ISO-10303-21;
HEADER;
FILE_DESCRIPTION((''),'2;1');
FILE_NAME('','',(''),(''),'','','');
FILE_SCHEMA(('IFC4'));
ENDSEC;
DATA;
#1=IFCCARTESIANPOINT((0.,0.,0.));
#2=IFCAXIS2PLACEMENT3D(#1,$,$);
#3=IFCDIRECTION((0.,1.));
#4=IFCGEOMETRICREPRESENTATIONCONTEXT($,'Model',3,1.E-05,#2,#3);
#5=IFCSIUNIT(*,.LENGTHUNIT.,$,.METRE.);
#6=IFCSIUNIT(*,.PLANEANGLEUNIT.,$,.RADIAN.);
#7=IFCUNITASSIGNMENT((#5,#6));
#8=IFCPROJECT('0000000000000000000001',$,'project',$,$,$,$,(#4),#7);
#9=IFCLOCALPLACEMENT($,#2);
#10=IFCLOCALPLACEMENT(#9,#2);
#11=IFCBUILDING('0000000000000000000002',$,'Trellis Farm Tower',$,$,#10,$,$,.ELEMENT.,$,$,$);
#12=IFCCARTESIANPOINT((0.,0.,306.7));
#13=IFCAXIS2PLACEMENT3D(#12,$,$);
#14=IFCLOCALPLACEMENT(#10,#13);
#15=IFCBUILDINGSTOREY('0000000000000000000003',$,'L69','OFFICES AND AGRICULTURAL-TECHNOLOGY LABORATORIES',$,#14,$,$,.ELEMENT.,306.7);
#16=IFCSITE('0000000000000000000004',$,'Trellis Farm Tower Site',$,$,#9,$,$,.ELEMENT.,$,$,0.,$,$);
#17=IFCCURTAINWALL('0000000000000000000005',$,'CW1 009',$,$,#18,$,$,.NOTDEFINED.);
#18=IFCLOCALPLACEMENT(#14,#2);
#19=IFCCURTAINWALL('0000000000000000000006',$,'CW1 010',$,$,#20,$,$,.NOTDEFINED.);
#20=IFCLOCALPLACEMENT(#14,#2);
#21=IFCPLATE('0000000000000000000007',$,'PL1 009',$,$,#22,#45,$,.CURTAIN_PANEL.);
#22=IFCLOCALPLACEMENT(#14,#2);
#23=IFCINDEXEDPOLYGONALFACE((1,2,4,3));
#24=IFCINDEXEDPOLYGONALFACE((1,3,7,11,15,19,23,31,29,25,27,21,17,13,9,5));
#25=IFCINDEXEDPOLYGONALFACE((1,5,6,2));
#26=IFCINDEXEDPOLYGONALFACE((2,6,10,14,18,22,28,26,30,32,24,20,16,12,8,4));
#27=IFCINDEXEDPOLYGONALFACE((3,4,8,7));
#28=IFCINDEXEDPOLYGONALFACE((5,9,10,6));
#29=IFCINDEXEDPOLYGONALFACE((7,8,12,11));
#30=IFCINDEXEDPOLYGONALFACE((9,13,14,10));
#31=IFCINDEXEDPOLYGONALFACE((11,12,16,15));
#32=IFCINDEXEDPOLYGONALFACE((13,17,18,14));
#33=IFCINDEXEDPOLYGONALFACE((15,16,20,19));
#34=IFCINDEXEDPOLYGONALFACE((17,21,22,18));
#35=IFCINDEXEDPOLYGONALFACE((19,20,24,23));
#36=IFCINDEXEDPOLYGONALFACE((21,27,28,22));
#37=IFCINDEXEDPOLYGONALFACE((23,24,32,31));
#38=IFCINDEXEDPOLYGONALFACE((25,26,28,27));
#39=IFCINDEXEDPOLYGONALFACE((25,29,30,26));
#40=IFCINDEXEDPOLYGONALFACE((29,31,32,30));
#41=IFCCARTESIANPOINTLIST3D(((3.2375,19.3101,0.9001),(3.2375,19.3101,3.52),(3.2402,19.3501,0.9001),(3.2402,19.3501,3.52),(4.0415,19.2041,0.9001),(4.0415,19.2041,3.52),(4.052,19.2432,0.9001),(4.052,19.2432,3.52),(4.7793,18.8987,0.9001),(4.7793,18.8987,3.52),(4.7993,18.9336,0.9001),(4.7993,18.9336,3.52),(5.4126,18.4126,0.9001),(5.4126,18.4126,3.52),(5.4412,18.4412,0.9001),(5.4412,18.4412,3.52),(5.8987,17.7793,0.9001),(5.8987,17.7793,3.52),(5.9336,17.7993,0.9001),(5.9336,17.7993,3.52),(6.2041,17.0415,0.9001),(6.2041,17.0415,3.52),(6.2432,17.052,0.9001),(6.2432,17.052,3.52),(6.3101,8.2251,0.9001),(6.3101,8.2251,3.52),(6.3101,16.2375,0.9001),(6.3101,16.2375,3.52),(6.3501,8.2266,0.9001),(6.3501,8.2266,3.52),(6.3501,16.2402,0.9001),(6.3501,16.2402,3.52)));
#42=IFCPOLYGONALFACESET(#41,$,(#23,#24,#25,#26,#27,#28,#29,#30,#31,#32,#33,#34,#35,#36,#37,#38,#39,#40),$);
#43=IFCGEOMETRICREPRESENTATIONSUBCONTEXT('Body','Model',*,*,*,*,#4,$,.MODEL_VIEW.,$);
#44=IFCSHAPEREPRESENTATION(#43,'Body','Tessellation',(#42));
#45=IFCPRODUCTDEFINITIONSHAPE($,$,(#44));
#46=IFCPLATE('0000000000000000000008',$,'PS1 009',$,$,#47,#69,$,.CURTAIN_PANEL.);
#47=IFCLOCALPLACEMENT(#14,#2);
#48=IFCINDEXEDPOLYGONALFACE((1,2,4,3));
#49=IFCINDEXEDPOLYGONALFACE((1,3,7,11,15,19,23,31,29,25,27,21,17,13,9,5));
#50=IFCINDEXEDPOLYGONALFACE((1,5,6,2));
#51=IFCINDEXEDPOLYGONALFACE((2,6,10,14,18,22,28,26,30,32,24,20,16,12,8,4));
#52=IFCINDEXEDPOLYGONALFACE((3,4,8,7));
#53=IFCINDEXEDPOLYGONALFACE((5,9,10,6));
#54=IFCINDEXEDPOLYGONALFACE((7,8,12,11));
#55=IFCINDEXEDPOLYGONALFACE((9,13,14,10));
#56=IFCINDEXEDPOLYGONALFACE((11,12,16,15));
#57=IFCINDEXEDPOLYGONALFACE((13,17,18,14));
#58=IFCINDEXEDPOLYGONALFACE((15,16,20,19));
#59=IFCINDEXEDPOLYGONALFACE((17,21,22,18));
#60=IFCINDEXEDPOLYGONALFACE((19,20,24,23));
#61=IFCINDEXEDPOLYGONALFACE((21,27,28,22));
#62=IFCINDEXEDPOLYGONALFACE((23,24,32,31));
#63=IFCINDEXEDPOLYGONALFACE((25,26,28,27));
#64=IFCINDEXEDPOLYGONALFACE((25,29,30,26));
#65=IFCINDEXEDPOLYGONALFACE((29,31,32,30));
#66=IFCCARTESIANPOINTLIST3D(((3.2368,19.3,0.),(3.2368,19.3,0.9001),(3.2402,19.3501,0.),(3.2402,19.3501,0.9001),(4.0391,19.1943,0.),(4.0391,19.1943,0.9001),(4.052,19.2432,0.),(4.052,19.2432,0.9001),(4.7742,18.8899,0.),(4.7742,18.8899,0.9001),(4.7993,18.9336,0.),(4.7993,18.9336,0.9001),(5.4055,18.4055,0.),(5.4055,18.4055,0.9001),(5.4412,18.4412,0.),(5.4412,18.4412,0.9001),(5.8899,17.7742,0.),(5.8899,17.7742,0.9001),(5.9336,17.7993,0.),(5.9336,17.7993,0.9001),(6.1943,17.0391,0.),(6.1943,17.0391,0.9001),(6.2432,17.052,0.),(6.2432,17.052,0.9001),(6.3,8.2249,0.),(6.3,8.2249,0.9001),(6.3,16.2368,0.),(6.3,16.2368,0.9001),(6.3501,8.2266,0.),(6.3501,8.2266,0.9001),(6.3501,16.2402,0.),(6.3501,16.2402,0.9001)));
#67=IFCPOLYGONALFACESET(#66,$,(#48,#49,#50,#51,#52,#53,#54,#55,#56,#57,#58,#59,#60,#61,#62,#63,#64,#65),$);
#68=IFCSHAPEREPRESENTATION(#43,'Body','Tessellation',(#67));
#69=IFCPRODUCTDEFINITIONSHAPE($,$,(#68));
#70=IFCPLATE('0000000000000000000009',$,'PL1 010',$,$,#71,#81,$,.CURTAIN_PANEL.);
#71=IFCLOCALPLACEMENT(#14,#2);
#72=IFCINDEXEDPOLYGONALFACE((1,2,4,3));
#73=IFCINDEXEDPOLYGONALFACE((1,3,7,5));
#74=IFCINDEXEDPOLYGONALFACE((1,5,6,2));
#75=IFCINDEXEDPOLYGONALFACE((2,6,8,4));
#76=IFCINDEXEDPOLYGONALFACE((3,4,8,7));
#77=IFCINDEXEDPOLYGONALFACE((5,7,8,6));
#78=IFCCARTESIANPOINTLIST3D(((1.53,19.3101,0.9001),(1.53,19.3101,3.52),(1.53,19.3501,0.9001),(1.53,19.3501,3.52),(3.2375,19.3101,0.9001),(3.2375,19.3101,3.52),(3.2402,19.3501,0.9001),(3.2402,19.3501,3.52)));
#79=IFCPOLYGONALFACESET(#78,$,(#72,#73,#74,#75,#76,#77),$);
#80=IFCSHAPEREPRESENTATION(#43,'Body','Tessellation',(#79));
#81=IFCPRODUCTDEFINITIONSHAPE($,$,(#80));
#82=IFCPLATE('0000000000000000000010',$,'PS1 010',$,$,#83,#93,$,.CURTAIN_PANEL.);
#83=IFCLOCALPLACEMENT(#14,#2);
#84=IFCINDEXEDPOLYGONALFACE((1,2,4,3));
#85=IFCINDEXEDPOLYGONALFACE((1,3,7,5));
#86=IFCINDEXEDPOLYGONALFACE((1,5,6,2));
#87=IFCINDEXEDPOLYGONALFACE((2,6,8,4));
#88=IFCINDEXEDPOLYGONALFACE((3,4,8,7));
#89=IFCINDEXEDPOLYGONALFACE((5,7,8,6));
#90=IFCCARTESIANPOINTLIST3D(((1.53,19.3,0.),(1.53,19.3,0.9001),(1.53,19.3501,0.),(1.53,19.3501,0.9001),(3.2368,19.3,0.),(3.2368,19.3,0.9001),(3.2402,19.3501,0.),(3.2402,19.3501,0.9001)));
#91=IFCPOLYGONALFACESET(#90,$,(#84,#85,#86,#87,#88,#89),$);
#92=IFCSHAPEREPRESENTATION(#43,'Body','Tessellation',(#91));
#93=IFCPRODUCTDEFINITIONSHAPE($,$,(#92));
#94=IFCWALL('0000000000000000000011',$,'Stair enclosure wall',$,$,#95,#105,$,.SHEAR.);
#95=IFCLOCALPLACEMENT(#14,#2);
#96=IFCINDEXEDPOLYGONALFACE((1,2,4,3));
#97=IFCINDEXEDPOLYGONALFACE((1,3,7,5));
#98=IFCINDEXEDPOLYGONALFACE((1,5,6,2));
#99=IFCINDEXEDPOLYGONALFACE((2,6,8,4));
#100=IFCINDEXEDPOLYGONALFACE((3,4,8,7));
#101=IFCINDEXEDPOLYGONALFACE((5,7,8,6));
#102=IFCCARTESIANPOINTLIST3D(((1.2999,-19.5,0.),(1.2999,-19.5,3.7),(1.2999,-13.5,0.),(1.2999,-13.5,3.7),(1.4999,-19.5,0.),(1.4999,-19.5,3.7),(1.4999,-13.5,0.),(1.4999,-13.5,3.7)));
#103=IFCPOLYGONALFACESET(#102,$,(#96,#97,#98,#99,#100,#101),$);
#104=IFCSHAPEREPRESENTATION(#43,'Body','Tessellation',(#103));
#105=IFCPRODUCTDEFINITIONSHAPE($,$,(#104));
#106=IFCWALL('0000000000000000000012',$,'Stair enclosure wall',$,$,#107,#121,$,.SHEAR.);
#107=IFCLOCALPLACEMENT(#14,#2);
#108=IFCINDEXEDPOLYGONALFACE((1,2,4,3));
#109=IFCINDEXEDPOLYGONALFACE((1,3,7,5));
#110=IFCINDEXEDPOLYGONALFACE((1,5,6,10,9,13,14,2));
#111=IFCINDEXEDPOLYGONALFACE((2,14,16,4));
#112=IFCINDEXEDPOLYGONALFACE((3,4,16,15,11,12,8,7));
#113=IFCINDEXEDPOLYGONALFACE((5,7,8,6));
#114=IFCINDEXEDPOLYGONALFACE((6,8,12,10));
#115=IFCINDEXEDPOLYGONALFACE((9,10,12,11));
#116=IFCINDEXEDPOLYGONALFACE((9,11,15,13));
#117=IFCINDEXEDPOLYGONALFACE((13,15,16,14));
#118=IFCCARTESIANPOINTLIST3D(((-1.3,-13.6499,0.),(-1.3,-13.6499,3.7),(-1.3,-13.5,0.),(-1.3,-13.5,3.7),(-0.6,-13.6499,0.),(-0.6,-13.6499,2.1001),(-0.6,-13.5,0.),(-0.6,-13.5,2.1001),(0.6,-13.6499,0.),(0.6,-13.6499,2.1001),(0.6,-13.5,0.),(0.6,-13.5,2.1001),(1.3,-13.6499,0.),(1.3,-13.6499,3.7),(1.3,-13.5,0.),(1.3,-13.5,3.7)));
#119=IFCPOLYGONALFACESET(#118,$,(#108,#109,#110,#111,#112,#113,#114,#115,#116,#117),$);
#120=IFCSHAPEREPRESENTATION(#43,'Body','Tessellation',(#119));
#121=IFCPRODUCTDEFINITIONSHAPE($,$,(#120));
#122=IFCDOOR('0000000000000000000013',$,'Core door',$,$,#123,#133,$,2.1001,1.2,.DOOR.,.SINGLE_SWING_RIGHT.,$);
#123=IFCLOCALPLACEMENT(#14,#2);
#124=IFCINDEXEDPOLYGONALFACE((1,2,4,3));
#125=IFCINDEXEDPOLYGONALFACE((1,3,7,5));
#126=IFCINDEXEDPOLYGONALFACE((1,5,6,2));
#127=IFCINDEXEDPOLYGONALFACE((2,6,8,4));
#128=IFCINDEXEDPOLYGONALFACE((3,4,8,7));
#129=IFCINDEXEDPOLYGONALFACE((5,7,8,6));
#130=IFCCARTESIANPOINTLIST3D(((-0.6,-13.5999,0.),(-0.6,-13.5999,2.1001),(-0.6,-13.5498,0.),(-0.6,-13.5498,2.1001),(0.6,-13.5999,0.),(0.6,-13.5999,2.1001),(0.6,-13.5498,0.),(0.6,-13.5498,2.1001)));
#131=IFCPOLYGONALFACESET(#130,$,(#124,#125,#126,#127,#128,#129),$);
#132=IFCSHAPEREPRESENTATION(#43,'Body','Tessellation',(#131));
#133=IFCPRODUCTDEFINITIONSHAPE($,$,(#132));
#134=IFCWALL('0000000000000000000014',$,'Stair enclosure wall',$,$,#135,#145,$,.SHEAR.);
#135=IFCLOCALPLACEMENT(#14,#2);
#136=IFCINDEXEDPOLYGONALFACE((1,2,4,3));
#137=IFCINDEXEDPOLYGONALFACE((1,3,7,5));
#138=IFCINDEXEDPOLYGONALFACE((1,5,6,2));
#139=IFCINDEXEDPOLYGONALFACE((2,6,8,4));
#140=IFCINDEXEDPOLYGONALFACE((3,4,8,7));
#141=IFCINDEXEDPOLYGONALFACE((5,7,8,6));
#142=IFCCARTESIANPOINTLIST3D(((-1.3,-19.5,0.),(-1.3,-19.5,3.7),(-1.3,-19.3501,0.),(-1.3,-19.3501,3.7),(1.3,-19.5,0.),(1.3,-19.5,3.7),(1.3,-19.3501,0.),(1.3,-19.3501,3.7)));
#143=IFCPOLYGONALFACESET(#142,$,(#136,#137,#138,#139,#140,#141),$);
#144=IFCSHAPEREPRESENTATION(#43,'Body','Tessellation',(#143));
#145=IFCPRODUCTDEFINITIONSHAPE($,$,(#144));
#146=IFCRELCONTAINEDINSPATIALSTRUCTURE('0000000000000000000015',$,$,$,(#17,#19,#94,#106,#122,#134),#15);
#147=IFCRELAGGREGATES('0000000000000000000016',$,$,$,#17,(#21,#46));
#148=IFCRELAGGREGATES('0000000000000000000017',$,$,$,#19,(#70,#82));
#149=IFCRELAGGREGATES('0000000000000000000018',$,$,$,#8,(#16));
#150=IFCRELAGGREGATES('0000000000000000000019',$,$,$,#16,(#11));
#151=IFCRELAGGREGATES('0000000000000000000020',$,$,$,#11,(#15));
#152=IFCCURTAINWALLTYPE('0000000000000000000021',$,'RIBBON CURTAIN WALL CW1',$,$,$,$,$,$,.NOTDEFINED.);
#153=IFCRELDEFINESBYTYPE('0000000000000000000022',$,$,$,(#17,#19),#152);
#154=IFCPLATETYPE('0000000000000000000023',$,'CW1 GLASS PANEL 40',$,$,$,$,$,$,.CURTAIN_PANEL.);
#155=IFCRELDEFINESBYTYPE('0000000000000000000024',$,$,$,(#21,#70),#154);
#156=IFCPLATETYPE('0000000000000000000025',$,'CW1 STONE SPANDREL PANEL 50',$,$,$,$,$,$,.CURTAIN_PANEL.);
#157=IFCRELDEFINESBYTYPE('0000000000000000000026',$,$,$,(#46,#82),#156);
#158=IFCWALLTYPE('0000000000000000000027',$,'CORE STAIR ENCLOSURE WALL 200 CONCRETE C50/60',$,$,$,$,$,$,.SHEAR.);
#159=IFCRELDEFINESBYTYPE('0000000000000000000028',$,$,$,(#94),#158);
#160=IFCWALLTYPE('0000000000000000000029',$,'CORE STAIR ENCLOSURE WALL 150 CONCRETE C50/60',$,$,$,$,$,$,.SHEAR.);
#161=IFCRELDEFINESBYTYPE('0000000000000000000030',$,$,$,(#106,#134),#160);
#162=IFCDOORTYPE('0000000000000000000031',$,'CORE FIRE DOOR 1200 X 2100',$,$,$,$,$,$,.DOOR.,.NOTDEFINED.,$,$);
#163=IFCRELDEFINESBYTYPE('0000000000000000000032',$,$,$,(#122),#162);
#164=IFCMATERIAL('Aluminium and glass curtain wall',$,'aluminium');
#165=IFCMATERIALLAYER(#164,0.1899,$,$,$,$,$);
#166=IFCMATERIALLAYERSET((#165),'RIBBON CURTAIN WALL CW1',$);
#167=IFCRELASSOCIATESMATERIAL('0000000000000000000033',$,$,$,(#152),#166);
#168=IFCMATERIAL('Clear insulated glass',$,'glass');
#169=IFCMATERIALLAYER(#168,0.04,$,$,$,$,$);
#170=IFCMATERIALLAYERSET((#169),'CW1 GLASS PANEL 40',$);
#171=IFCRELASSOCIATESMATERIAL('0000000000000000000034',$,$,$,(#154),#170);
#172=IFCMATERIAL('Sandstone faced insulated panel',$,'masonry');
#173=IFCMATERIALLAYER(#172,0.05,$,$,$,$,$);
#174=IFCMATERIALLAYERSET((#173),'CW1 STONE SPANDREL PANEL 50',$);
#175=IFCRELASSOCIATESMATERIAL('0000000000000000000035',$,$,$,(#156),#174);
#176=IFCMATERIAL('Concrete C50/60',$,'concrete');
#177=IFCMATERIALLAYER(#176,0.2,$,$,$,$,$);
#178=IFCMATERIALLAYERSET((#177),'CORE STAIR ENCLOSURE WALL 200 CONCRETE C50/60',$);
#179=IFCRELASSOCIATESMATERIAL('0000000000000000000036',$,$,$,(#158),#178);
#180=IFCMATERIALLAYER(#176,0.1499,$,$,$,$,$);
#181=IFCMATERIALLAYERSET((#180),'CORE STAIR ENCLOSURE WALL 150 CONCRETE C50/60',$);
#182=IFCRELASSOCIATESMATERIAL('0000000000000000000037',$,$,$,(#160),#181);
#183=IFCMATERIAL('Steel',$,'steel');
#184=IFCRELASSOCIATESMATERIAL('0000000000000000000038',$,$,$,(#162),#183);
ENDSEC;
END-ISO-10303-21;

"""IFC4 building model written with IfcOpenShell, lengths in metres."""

from ifc_helpers import new_model, si_unit, direction, frame, frame_2d, origin, place, context, subcontext, project, spatial, polyline, rectangle, outline, extrude, source, transform, mapped, material, layer, layer_set, type_object, element, fill, aggregate, save


model = new_model("IFC4")

# Units and contexts
model_context = context("Model", 3, precision=1e-05, world=origin(), true_north=direction((0.0, 1.0)))
body_context = subcontext(model_context, "Body", "Model", "MODEL_VIEW")
ifc_project = project(units=[si_unit("LENGTHUNIT", "METRE"), si_unit("PLANEANGLEUNIT", "RADIAN")], contexts=[model_context])

# Site, building, storey
site_placement = place(None, origin())
site = spatial("IfcSite", under=ifc_project, at=site_placement, Name="Trellis Farm Tower Site", CompositionType="ELEMENT", RefElevation=0.0)
building_placement = place(site_placement, origin())
building = spatial("IfcBuilding", under=site, at=building_placement, Name="Trellis Farm Tower", CompositionType="ELEMENT")
storey_placement = place(building_placement, frame((0.0, 0.0, 306.7)))
storey = spatial("IfcBuildingStorey", under=building, at=storey_placement, Name="L69", Description="OFFICES AND AGRICULTURAL-TECHNOLOGY LABORATORIES", CompositionType="ELEMENT", Elevation=306.7)

# Curtain walls
ifc_material_1 = material(Name="Aluminium and glass curtain wall", Category="aluminium")
placement_1 = place(storey_placement, origin())
ifc_layer_1 = layer(ifc_material_1, 0.1899)
ifc_layer_set_1 = layer_set([ifc_layer_1], Name="RIBBON CURTAIN WALL CW1")
curtain_wall_type_1 = type_object("IfcCurtainWallType", Name="RIBBON CURTAIN WALL CW1", PredefinedType="NOTDEFINED", material=ifc_layer_set_1)
curtain_wall_1 = element("IfcCurtainWall", 1, at=placement_1, inside=storey, type_object=curtain_wall_type_1, Name="CW1 009", PredefinedType="NOTDEFINED")
curtain_wall_2 = element("IfcCurtainWall", 2, at=placement_1, inside=storey, type_object=curtain_wall_type_1, Name="CW1 010", PredefinedType="NOTDEFINED")

# Plates
ifc_material_2 = material(Name="Clear insulated glass", Category="glass")
ifc_layer_2 = layer(ifc_material_2, 0.04)
ifc_layer_set_2 = layer_set([ifc_layer_2], Name="CW1 GLASS PANEL 40")
plate_type_1 = type_object("IfcPlateType", Name="CW1 GLASS PANEL 40", PredefinedType="CURTAIN_PANEL", material=ifc_layer_set_2)
placement_2 = place(storey_placement, frame((0.0, 0.0, 0.9001)))
ifc_material_3 = material(Name="Sandstone faced insulated panel", Category="masonry")
ifc_layer_3 = layer(ifc_material_3, 0.05)
ifc_layer_set_3 = layer_set([ifc_layer_3], Name="CW1 STONE SPANDREL PANEL 50")
plate_type_2 = type_object("IfcPlateType", Name="CW1 STONE SPANDREL PANEL 50", PredefinedType="CURTAIN_PANEL", material=ifc_layer_set_3)
shared_shape_1 = source(origin(), body_context, "Body", "SweptSolid", [
    extrude(outline(polyline([(6.3501, 8.2266), (6.3501, 16.2402), (6.2432, 17.052), (5.9336, 17.7993), (5.4412, 18.4412), (4.7993, 18.9336), (4.052, 19.2432), (3.2402, 19.3501), (3.2375, 19.3101), (4.0415, 19.2041), (4.7793, 18.8987), (5.4126, 18.4126), (5.8987, 17.7793), (6.2041, 17.0415), (6.3101, 16.2375), (6.3101, 8.2251), (6.3501, 8.2266)])), origin(), (0.0, 0.0, 1.0), 2.6199),
])
plate_1 = element("IfcPlate", 3, at=placement_2, type_object=plate_type_1, Name="PL1 009", PredefinedType="CURTAIN_PANEL", context=body_context, shape_type="MappedRepresentation", body=[
    mapped(shared_shape_1, transform((0.0, 0.0, 0.0))),
])
shared_shape_2 = source(origin(), body_context, "Body", "SweptSolid", [
    extrude(outline(polyline([(6.3501, 8.2266), (6.3501, 16.2402), (6.2432, 17.052), (5.9336, 17.7993), (5.4412, 18.4412), (4.7993, 18.9336), (4.052, 19.2432), (3.2402, 19.3501), (3.2368, 19.3), (4.0391, 19.1943), (4.7742, 18.8899), (5.4055, 18.4055), (5.8899, 17.7742), (6.1943, 17.0391), (6.3, 16.2368), (6.3, 8.2249), (6.3501, 8.2266)])), origin(), (0.0, 0.0, 1.0), 0.9001),
])
plate_2 = element("IfcPlate", 4, at=placement_1, type_object=plate_type_2, Name="PS1 009", PredefinedType="CURTAIN_PANEL", context=body_context, shape_type="MappedRepresentation", body=[
    mapped(shared_shape_2, transform((0.0, 0.0, 0.0))),
])
aggregate(curtain_wall_1, [plate_1, plate_2])
shared_shape_3 = source(origin(), body_context, "Body", "SweptSolid", [
    extrude(outline(polyline([(3.2402, 19.3501), (1.53, 19.3501), (1.53, 19.3101), (3.2375, 19.3101), (3.2402, 19.3501)])), origin(), (0.0, 0.0, 1.0), 2.6199),
])
plate_3 = element("IfcPlate", 5, at=placement_2, type_object=plate_type_1, Name="PL1 010", PredefinedType="CURTAIN_PANEL", context=body_context, shape_type="MappedRepresentation", body=[
    mapped(shared_shape_3, transform((0.0, 0.0, 0.0))),
])
shared_shape_4 = source(origin(), body_context, "Body", "SweptSolid", [
    extrude(outline(polyline([(3.2402, 19.3501), (1.53, 19.3501), (1.53, 19.3), (3.2368, 19.3), (3.2402, 19.3501)])), origin(), (0.0, 0.0, 1.0), 0.9001),
])
plate_4 = element("IfcPlate", 6, at=placement_1, type_object=plate_type_2, Name="PS1 010", PredefinedType="CURTAIN_PANEL", context=body_context, shape_type="MappedRepresentation", body=[
    mapped(shared_shape_4, transform((0.0, 0.0, 0.0))),
])
aggregate(curtain_wall_2, [plate_3, plate_4])

# Wall
ifc_material_4 = material(Name="Concrete C50/60", Category="concrete")
ifc_layer_4 = layer(ifc_material_4, 0.2)
ifc_layer_set_4 = layer_set([ifc_layer_4], Name="CORE STAIR ENCLOSURE WALL 200 CONCRETE C50/60")
wall_type_1 = type_object("IfcWallType", Name="CORE STAIR ENCLOSURE WALL 200 CONCRETE C50/60", PredefinedType="SHEAR", material=ifc_layer_set_4)
shared_shape_5 = source(origin(), body_context, "Body", "SweptSolid", [
    extrude(rectangle(XDim=6.0, YDim=0.2, at=frame_2d((3.0, 0.0))), origin(), (0.0, 0.0, 1.0), 3.7),
])
wall_1_placement = place(storey_placement, frame((1.3999, -13.5, 0.0), z_axis=(0.0, 0.0, 1.0), x_axis=(0.0, -1.0, 0.0)))
element("IfcWall", 7, at=wall_1_placement, inside=storey, type_object=wall_type_1, Name="Stair enclosure wall", PredefinedType="SHEAR", context=body_context, shape_type="MappedRepresentation", body=[
    mapped(shared_shape_5, transform((0.0, 0.0, 0.0))),
])

# Wall, opening, door
ifc_layer_5 = layer(ifc_material_4, 0.1499)
ifc_layer_set_5 = layer_set([ifc_layer_5], Name="CORE STAIR ENCLOSURE WALL 150 CONCRETE C50/60")
wall_type_2 = type_object("IfcWallType", Name="CORE STAIR ENCLOSURE WALL 150 CONCRETE C50/60", PredefinedType="SHEAR", material=ifc_layer_set_5)
shared_shape_6 = source(origin(), body_context, "Body", "SweptSolid", [
    extrude(rectangle(XDim=2.6001, YDim=0.1499, at=frame_2d((1.3, 0.0))), origin(), (0.0, 0.0, 1.0), 3.7),
])
wall_2_placement = place(storey_placement, frame((1.3, -13.575, 0.0), z_axis=(0.0, 0.0, 1.0), x_axis=(-1.0, 0.0, 0.0)))
wall_2 = element("IfcWall", 8, at=wall_2_placement, inside=storey, type_object=wall_type_2, Name="Stair enclosure wall", PredefinedType="SHEAR", context=body_context, shape_type="MappedRepresentation", body=[
    mapped(shared_shape_6, transform((0.0, 0.0, 0.0))),
])
shared_shape_7 = source(origin(), body_context, "Body", "SweptSolid", [
    extrude(rectangle(XDim=1.2, YDim=2.1001, at=frame_2d((0.6001, 1.05))), frame((0.0, 0.085, 0.0), z_axis=(0.0, -1.0, 0.0), x_axis=(1.0, 0.0, 0.0)), (0.0, 0.0, 1.0), 0.1699),
])
opening_1_placement = place(wall_2_placement, frame((0.7, 0.0, 0.0)))
opening_1 = element("IfcOpeningElement", 9, at=opening_1_placement, cuts=wall_2, PredefinedType="OPENING", context=body_context, shape_type="MappedRepresentation", body=[
    mapped(shared_shape_7, transform((0.0, 0.0, 0.0))),
])
ifc_material_5 = material(Name="Steel", Category="steel")
door_type_1 = type_object("IfcDoorType", Name="CORE FIRE DOOR 1200 X 2100", OperationType="NOTDEFINED", PredefinedType="DOOR", material=ifc_material_5)
shared_shape_8 = source(origin(), body_context, "Body", "SweptSolid", [
    extrude(rectangle(XDim=1.2, YDim=2.1001, at=frame_2d((0.6001, 1.05))), frame((0.0, 0.0249, 0.0), z_axis=(0.0, -1.0, 0.0), x_axis=(1.0, 0.0, 0.0)), (0.0, 0.0, 1.0), 0.05),
])
door_1_placement = place(opening_1_placement, origin())
door_1 = element("IfcDoor", 10, at=door_1_placement, inside=storey, type_object=door_type_1, Name="Core door", OperationType="SINGLE_SWING_RIGHT", OverallHeight=2.1001, OverallWidth=1.2, PredefinedType="DOOR", context=body_context, shape_type="MappedRepresentation", body=[
    mapped(shared_shape_8, transform((0.0, 0.0, 0.0))),
])
fill(opening_1, door_1)

# Wall
wall_3_placement = place(storey_placement, frame((1.3, -19.425, 0.0), z_axis=(0.0, 0.0, 1.0), x_axis=(-1.0, 0.0, 0.0)))
element("IfcWall", 11, at=wall_3_placement, inside=storey, type_object=wall_type_2, Name="Stair enclosure wall", PredefinedType="SHEAR", context=body_context, shape_type="MappedRepresentation", body=[
    mapped(shared_shape_6, transform((0.0, 0.0, 0.0))),
])

save(model, "model.ifc")
